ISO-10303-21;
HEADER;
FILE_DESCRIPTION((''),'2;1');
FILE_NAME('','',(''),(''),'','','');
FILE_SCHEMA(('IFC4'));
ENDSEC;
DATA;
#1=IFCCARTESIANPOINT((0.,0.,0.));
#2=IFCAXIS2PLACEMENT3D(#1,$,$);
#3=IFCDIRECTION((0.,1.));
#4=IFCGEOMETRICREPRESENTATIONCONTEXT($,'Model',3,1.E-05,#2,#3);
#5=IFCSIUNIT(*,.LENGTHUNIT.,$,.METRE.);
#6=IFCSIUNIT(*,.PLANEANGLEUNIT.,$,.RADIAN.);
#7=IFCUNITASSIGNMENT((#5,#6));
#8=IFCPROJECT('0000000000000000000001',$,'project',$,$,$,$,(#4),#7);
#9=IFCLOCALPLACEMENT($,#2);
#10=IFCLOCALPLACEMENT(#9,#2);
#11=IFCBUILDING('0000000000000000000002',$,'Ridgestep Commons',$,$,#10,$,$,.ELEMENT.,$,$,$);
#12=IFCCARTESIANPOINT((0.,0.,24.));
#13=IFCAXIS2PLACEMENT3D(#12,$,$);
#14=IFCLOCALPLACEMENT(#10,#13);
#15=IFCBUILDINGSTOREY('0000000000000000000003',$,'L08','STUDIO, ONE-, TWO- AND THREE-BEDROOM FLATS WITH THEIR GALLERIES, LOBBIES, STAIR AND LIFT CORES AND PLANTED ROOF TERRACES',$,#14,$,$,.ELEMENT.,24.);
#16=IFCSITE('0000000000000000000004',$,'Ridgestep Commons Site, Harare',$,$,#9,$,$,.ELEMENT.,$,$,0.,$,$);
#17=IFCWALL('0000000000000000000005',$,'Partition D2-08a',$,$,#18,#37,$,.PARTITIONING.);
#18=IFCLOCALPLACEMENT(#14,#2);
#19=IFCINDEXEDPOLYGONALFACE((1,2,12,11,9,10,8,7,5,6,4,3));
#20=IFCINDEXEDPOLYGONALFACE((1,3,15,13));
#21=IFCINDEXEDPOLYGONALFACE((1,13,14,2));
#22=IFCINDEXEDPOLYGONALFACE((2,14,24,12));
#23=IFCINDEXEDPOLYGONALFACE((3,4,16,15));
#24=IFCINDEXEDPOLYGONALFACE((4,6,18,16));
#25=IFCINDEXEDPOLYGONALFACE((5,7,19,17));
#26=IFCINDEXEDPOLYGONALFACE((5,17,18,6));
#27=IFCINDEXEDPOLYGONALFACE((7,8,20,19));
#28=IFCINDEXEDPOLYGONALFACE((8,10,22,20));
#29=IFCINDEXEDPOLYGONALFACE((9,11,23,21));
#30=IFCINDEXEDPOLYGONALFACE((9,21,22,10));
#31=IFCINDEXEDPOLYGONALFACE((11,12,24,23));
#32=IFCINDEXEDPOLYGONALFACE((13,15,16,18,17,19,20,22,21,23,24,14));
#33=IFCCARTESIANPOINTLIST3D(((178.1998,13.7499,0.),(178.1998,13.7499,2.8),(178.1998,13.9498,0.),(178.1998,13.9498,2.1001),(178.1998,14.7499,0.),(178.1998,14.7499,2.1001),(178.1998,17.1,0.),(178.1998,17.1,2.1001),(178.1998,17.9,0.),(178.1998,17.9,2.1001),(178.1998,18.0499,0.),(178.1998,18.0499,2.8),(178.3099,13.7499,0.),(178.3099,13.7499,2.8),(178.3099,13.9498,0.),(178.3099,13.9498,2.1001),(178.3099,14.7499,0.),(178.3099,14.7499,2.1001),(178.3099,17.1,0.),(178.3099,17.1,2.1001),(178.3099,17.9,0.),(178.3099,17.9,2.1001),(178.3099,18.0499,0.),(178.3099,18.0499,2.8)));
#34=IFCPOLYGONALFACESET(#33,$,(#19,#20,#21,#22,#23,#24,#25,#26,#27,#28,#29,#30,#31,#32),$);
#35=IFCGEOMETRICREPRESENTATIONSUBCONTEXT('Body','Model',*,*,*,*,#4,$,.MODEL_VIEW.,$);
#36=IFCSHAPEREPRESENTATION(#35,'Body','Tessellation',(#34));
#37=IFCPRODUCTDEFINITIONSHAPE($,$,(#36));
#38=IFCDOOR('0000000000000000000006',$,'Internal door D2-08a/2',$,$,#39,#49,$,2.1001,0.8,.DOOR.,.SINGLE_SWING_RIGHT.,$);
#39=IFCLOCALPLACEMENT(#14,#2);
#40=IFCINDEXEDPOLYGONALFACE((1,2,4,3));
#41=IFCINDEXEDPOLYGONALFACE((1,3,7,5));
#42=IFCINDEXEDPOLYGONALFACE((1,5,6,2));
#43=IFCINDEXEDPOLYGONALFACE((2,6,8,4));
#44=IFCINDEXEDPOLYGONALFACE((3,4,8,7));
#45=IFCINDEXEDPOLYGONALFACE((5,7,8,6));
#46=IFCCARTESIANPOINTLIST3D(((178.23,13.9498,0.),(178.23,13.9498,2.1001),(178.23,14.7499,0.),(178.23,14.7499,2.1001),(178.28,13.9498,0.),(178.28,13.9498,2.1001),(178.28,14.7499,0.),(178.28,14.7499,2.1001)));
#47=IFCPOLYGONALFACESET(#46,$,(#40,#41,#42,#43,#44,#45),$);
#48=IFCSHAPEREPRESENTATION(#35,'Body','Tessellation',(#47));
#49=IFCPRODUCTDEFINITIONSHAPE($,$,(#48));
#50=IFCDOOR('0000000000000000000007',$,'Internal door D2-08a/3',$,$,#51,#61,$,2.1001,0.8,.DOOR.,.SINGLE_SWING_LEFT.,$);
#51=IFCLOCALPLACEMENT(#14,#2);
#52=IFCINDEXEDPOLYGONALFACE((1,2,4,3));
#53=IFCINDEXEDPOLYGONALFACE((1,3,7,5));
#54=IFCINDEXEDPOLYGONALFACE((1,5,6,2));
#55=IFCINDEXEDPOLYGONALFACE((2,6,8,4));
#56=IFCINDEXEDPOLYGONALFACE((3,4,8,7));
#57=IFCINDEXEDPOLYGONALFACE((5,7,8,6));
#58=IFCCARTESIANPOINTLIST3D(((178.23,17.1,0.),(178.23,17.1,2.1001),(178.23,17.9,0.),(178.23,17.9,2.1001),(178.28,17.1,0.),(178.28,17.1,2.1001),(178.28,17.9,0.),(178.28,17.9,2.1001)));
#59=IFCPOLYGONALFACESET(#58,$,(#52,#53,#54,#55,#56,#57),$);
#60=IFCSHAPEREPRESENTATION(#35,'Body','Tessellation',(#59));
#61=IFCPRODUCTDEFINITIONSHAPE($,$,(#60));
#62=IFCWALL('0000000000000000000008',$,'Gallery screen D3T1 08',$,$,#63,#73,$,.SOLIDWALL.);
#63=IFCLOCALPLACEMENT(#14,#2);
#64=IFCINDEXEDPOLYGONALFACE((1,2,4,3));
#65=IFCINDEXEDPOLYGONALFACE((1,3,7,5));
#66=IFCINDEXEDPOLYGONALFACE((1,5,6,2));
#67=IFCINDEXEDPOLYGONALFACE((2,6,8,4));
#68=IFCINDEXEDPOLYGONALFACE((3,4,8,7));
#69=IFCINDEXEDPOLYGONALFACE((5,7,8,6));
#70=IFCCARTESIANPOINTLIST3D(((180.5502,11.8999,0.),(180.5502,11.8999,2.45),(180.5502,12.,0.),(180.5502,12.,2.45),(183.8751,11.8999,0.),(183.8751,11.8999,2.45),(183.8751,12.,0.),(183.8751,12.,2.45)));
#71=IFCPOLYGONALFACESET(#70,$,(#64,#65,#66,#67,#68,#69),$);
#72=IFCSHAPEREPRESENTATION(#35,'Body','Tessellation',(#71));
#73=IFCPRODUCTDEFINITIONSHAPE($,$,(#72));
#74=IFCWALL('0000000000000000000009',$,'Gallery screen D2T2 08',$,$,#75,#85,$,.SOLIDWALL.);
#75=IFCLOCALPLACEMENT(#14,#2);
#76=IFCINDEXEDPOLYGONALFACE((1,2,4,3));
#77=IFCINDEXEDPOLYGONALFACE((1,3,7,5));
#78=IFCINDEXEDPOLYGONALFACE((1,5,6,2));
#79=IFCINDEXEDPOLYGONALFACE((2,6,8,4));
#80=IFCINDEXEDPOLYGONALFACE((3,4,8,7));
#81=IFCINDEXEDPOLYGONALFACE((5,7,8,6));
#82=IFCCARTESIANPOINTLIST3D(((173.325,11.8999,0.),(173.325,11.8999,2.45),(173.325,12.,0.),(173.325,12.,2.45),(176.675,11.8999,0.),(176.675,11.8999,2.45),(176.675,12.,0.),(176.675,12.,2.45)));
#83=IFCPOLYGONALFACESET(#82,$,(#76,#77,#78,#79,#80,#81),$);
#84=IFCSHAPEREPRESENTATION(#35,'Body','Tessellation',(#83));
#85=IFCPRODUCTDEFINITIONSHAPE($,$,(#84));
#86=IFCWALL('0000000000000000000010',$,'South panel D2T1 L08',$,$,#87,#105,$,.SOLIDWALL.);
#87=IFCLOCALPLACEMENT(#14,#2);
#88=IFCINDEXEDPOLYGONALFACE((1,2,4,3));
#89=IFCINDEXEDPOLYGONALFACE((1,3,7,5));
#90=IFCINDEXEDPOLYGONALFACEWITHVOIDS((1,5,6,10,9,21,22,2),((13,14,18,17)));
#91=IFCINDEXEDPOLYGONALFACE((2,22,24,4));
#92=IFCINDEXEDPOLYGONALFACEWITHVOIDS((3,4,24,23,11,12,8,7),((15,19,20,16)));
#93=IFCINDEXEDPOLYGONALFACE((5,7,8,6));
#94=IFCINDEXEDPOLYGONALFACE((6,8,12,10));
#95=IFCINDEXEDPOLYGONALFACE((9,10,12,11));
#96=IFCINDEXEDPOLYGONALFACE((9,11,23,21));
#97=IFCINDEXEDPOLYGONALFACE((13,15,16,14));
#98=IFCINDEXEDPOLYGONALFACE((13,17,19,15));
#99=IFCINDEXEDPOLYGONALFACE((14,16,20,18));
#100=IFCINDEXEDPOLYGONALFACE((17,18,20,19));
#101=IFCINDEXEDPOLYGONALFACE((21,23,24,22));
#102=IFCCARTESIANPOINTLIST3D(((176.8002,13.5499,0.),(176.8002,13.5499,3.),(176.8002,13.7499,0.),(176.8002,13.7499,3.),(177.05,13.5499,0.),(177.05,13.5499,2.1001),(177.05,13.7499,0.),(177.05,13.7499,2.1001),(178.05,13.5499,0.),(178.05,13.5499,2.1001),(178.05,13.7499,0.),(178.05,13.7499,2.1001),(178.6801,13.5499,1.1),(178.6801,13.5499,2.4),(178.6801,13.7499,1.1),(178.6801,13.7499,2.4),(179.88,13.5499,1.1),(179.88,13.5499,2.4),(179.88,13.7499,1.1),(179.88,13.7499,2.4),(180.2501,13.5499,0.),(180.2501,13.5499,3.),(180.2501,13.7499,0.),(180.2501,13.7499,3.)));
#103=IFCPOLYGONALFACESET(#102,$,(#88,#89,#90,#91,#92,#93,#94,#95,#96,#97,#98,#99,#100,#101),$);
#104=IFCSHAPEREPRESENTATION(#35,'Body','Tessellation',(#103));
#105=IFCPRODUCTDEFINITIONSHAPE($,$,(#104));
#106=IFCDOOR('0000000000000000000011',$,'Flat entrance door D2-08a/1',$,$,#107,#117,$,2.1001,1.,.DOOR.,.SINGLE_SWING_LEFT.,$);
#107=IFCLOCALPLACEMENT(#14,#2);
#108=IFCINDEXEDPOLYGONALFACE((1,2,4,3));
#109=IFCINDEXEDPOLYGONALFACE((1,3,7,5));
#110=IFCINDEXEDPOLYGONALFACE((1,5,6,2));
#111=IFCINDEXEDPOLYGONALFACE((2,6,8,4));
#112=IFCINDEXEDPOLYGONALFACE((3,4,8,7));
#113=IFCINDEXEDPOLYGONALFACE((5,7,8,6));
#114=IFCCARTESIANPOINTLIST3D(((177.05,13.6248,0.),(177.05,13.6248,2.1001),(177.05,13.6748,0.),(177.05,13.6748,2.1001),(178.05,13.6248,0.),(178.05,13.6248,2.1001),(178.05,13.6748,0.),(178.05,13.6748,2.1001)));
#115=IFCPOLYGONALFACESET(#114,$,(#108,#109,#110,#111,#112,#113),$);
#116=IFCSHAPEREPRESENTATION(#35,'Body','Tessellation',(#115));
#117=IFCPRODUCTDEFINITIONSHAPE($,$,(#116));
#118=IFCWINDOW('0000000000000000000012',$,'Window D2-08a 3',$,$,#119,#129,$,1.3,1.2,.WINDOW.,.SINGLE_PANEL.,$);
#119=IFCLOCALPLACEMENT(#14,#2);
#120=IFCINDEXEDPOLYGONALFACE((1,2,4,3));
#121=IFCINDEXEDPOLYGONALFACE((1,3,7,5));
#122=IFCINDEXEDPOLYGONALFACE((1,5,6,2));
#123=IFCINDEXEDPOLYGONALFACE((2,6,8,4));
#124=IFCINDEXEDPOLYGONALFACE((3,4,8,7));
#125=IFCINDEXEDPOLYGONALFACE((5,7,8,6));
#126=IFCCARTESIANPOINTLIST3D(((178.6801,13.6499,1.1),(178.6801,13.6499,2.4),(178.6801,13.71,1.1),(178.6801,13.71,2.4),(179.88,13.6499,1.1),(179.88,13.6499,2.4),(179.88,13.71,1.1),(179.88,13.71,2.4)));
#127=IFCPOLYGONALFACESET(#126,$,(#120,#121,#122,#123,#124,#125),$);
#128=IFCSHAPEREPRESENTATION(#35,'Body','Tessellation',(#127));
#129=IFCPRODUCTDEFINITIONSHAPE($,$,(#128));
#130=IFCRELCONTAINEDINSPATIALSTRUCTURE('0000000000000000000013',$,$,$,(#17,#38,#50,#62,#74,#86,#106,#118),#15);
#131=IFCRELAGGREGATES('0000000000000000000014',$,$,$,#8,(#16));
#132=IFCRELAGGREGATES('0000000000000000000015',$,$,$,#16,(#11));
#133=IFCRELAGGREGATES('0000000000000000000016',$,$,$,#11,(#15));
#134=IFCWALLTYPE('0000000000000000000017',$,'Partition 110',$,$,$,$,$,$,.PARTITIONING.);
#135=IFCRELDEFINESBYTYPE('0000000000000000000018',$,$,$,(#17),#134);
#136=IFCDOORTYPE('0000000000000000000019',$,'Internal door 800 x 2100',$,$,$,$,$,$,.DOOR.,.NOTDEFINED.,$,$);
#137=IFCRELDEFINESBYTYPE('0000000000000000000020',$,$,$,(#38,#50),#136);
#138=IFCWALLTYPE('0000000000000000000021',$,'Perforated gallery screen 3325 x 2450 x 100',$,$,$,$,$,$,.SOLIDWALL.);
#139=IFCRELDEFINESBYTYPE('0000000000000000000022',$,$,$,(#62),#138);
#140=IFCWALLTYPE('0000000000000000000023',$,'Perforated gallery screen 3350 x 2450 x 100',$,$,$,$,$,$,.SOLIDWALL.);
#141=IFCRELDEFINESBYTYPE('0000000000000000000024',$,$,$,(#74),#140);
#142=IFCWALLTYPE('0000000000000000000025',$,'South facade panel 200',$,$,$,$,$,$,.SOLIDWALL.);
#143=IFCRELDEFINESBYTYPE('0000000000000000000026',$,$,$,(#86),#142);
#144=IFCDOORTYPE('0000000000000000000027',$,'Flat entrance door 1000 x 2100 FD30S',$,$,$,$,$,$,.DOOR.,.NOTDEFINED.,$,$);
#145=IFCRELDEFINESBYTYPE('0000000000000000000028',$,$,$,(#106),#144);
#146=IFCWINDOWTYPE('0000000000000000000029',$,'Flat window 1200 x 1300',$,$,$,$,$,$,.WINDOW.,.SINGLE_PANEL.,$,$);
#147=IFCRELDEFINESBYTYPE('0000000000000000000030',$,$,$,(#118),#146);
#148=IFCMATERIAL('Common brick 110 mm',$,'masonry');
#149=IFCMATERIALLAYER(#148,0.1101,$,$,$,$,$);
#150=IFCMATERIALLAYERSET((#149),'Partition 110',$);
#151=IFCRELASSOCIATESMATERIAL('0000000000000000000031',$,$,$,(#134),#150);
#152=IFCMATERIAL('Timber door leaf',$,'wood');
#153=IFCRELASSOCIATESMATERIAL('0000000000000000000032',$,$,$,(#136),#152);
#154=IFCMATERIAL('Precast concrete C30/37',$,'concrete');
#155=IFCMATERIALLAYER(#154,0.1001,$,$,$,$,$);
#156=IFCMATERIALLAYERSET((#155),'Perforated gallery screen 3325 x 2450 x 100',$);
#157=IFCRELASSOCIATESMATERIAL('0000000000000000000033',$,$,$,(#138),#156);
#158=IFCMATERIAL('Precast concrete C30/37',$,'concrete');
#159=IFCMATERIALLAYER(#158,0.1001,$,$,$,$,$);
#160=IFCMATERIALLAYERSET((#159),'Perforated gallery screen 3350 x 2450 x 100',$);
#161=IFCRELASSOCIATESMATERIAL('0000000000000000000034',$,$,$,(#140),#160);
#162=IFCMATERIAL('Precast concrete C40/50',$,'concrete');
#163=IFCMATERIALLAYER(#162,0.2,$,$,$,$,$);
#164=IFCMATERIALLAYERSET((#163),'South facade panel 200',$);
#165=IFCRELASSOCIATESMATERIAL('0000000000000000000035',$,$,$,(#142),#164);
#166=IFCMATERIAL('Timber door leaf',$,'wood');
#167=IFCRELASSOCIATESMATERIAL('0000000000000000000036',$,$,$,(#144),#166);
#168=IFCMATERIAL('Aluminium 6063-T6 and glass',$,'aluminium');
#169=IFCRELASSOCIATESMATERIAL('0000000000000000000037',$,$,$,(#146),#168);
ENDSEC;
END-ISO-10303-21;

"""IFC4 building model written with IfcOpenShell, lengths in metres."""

from ifc_helpers import new_model, si_unit, direction, frame, frame_2d, origin, place, context, subcontext, project, spatial, rectangle, extrude, material, layer, layer_set, type_object, element, fill, save


model = new_model("IFC4")

# Units and contexts
model_context = context("Model", 3, precision=1e-05, world=origin(), true_north=direction((0.0, 1.0)))
body_context = subcontext(model_context, "Body", "Model", "MODEL_VIEW")
ifc_project = project(units=[si_unit("LENGTHUNIT", "METRE"), si_unit("PLANEANGLEUNIT", "RADIAN")], contexts=[model_context])

# Site, building, storey
site_placement = place(None, origin())
site = spatial("IfcSite", under=ifc_project, at=site_placement, Name="Ridgestep Commons Site, Harare", CompositionType="ELEMENT", RefElevation=0.0)
building_placement = place(site_placement, origin())
building = spatial("IfcBuilding", under=site, at=building_placement, Name="Ridgestep Commons", CompositionType="ELEMENT")
storey_placement = place(building_placement, frame((0.0, 0.0, 24.0)))
storey = spatial("IfcBuildingStorey", under=building, at=storey_placement, Name="L08", Description="STUDIO, ONE-, TWO- AND THREE-BEDROOM FLATS WITH THEIR GALLERIES, LOBBIES, STAIR AND LIFT CORES AND PLANTED ROOF TERRACES", CompositionType="ELEMENT", Elevation=24.0)

# Wall, openings, doors
ifc_material_1 = material(Name="Common brick 110 mm", Category="masonry")
ifc_layer_1 = layer(ifc_material_1, 0.1101)
ifc_layer_set_1 = layer_set([ifc_layer_1], Name="Partition 110")
wall_type_1 = type_object("IfcWallType", Name="Partition 110", PredefinedType="PARTITIONING", material=ifc_layer_set_1)
wall_1_placement = place(storey_placement, frame((178.2549, 13.75, 0.0), z_axis=(0.0, 0.0, 1.0), x_axis=(0.0, 1.0, 0.0)))
wall_1 = element("IfcWall", 1, at=wall_1_placement, inside=storey, type_object=wall_type_1, Name="Partition D2-08a", PredefinedType="PARTITIONING", context=body_context, shape_type="SweptSolid", body=[
    extrude(rectangle(XDim=4.3, YDim=0.1101, at=frame_2d((2.1499, 0.0))), origin(), (0.0, 0.0, 1.0), 2.8),
])
opening_1_placement = place(wall_1_placement, frame((0.2, 0.0, 0.0)))
opening_1 = element("IfcOpeningElement", 2, at=opening_1_placement, cuts=wall_1, PredefinedType="OPENING", context=body_context, shape_type="SweptSolid", body=[
    extrude(rectangle(XDim=0.8, YDim=2.1001, at=frame_2d((0.3999, 1.05))), frame((0.0, 0.0649, 0.0), z_axis=(0.0, -1.0, 0.0), x_axis=(1.0, 0.0, 0.0)), (0.0, 0.0, 1.0), 0.1301),
])
opening_2_placement = place(wall_1_placement, frame((3.3501, 0.0, 0.0)))
opening_2 = element("IfcOpeningElement", 3, at=opening_2_placement, cuts=wall_1, PredefinedType="OPENING", context=body_context, shape_type="SweptSolid", body=[
    extrude(rectangle(XDim=0.8, YDim=2.1001, at=frame_2d((0.3999, 1.05))), frame((0.0, 0.0649, 0.0), z_axis=(0.0, -1.0, 0.0), x_axis=(1.0, 0.0, 0.0)), (0.0, 0.0, 1.0), 0.1301),
])
ifc_material_2 = material(Name="Timber door leaf", Category="wood")
door_type_1 = type_object("IfcDoorType", Name="Internal door 800 x 2100", OperationType="NOTDEFINED", PredefinedType="DOOR", material=ifc_material_2)
door_1_placement = place(opening_1_placement, origin())
door_1 = element("IfcDoor", 4, at=door_1_placement, inside=storey, type_object=door_type_1, Name="Internal door D2-08a/2", OperationType="SINGLE_SWING_RIGHT", OverallHeight=2.1001, OverallWidth=0.8, PredefinedType="DOOR", context=body_context, shape_type="SweptSolid", body=[
    extrude(rectangle(XDim=0.8, YDim=2.1001, at=frame_2d((0.3999, 1.05))), frame((0.0, 0.0249, 0.0), z_axis=(0.0, -1.0, 0.0), x_axis=(1.0, 0.0, 0.0)), (0.0, 0.0, 1.0), 0.05),
])
fill(opening_1, door_1)
door_2_placement = place(opening_2_placement, origin())
door_2 = element("IfcDoor", 5, at=door_2_placement, inside=storey, type_object=door_type_1, Name="Internal door D2-08a/3", OperationType="SINGLE_SWING_LEFT", OverallHeight=2.1001, OverallWidth=0.8, PredefinedType="DOOR", context=body_context, shape_type="SweptSolid", body=[
    extrude(rectangle(XDim=0.8, YDim=2.1001, at=frame_2d((0.3999, 1.05))), frame((0.0, 0.0249, 0.0), z_axis=(0.0, -1.0, 0.0), x_axis=(1.0, 0.0, 0.0)), (0.0, 0.0, 1.0), 0.05),
])
fill(opening_2, door_2)

# Walls
ifc_material_3 = material(Name="Precast concrete C30/37", Category="concrete")
ifc_layer_2 = layer(ifc_material_3, 0.1001)
ifc_layer_set_2 = layer_set([ifc_layer_2], Name="Perforated gallery screen 3325 x 2450 x 100")
wall_type_2 = type_object("IfcWallType", Name="Perforated gallery screen 3325 x 2450 x 100", PredefinedType="SOLIDWALL", material=ifc_layer_set_2)
wall_2_placement = place(storey_placement, frame((180.55, 11.95, 0.0), z_axis=(0.0, 0.0, 1.0), x_axis=(1.0, 0.0, 0.0)))
element("IfcWall", 6, at=wall_2_placement, inside=storey, type_object=wall_type_2, Name="Gallery screen D3T1 08", PredefinedType="SOLIDWALL", context=body_context, shape_type="SweptSolid", body=[
    extrude(rectangle(XDim=3.325, YDim=0.1001, at=frame_2d((1.6626, 0.0))), origin(), (0.0, 0.0, 1.0), 2.45),
])
ifc_material_4 = material(Name="Precast concrete C30/37", Category="concrete")
ifc_layer_3 = layer(ifc_material_4, 0.1001)
ifc_layer_set_3 = layer_set([ifc_layer_3], Name="Perforated gallery screen 3350 x 2450 x 100")
wall_type_3 = type_object("IfcWallType", Name="Perforated gallery screen 3350 x 2450 x 100", PredefinedType="SOLIDWALL", material=ifc_layer_set_3)
wall_3_placement = place(storey_placement, frame((173.325, 11.95, 0.0), z_axis=(0.0, 0.0, 1.0), x_axis=(1.0, 0.0, 0.0)))
element("IfcWall", 7, at=wall_3_placement, inside=storey, type_object=wall_type_3, Name="Gallery screen D2T2 08", PredefinedType="SOLIDWALL", context=body_context, shape_type="SweptSolid", body=[
    extrude(rectangle(XDim=3.3501, YDim=0.1001, at=frame_2d((1.675, 0.0))), origin(), (0.0, 0.0, 1.0), 2.45),
])

# Wall, openings, door, window
ifc_material_5 = material(Name="Precast concrete C40/50", Category="concrete")
ifc_layer_4 = layer(ifc_material_5, 0.2)
ifc_layer_set_4 = layer_set([ifc_layer_4], Name="South facade panel 200")
wall_type_4 = type_object("IfcWallType", Name="South facade panel 200", PredefinedType="SOLIDWALL", material=ifc_layer_set_4)
wall_4_placement = place(storey_placement, frame((176.8, 13.6499, 0.0), z_axis=(0.0, 0.0, 1.0), x_axis=(1.0, 0.0, 0.0)))
wall_4 = element("IfcWall", 8, at=wall_4_placement, inside=storey, type_object=wall_type_4, Name="South panel D2T1 L08", PredefinedType="SOLIDWALL", context=body_context, shape_type="SweptSolid", body=[
    extrude(rectangle(XDim=3.45, YDim=0.2, at=frame_2d((1.7251, 0.0))), origin(), (0.0, 0.0, 1.0), 3.0),
])
opening_3_placement = place(wall_4_placement, frame((1.8799, 0.0, 1.1001)))
opening_3 = element("IfcOpeningElement", 9, at=opening_3_placement, cuts=wall_4, PredefinedType="OPENING", context=body_context, shape_type="SweptSolid", body=[
    extrude(rectangle(XDim=1.2, YDim=1.3, at=frame_2d((0.6001, 0.6499))), frame((0.0, 0.1099, 0.0), z_axis=(0.0, -1.0, 0.0), x_axis=(1.0, 0.0, 0.0)), (0.0, 0.0, 1.0), 0.22),
])
opening_4_placement = place(wall_4_placement, frame((0.25, 0.0, 0.0)))
opening_4 = element("IfcOpeningElement", 10, at=opening_4_placement, cuts=wall_4, PredefinedType="OPENING", context=body_context, shape_type="SweptSolid", body=[
    extrude(rectangle(XDim=1.0, YDim=2.1001, at=frame_2d((0.5, 1.05))), frame((0.0, 0.1099, 0.0), z_axis=(0.0, -1.0, 0.0), x_axis=(1.0, 0.0, 0.0)), (0.0, 0.0, 1.0), 0.22),
])
ifc_material_6 = material(Name="Timber door leaf", Category="wood")
door_type_2 = type_object("IfcDoorType", Name="Flat entrance door 1000 x 2100 FD30S", OperationType="NOTDEFINED", PredefinedType="DOOR", material=ifc_material_6)
door_3_placement = place(opening_4_placement, origin())
door_3 = element("IfcDoor", 11, at=door_3_placement, inside=storey, type_object=door_type_2, Name="Flat entrance door D2-08a/1", OperationType="SINGLE_SWING_LEFT", OverallHeight=2.1001, OverallWidth=1.0, PredefinedType="DOOR", context=body_context, shape_type="SweptSolid", body=[
    extrude(rectangle(XDim=1.0, YDim=2.1001, at=frame_2d((0.5, 1.05))), frame((0.0, 0.0249, 0.0), z_axis=(0.0, -1.0, 0.0), x_axis=(1.0, 0.0, 0.0)), (0.0, 0.0, 1.0), 0.05),
])
fill(opening_4, door_3)
ifc_material_7 = material(Name="Aluminium 6063-T6 and glass", Category="aluminium")
window_type = type_object("IfcWindowType", Name="Flat window 1200 x 1300", PartitioningType="SINGLE_PANEL", PredefinedType="WINDOW", material=ifc_material_7)
window_1_placement = place(opening_3_placement, origin())
window_1 = element("IfcWindow", 12, at=window_1_placement, inside=storey, type_object=window_type, Name="Window D2-08a 3", OverallHeight=1.3, OverallWidth=1.2, PartitioningType="SINGLE_PANEL", PredefinedType="WINDOW", context=body_context, shape_type="SweptSolid", body=[
    extrude(rectangle(XDim=1.2, YDim=1.3, at=frame_2d((0.6001, 0.6499))), frame((0.0, 0.0601, 0.0), z_axis=(0.0, -1.0, 0.0), x_axis=(1.0, 0.0, 0.0)), (0.0, 0.0, 1.0), 0.0601),
])
fill(opening_3, window_1)

save(model, "model.ifc")
